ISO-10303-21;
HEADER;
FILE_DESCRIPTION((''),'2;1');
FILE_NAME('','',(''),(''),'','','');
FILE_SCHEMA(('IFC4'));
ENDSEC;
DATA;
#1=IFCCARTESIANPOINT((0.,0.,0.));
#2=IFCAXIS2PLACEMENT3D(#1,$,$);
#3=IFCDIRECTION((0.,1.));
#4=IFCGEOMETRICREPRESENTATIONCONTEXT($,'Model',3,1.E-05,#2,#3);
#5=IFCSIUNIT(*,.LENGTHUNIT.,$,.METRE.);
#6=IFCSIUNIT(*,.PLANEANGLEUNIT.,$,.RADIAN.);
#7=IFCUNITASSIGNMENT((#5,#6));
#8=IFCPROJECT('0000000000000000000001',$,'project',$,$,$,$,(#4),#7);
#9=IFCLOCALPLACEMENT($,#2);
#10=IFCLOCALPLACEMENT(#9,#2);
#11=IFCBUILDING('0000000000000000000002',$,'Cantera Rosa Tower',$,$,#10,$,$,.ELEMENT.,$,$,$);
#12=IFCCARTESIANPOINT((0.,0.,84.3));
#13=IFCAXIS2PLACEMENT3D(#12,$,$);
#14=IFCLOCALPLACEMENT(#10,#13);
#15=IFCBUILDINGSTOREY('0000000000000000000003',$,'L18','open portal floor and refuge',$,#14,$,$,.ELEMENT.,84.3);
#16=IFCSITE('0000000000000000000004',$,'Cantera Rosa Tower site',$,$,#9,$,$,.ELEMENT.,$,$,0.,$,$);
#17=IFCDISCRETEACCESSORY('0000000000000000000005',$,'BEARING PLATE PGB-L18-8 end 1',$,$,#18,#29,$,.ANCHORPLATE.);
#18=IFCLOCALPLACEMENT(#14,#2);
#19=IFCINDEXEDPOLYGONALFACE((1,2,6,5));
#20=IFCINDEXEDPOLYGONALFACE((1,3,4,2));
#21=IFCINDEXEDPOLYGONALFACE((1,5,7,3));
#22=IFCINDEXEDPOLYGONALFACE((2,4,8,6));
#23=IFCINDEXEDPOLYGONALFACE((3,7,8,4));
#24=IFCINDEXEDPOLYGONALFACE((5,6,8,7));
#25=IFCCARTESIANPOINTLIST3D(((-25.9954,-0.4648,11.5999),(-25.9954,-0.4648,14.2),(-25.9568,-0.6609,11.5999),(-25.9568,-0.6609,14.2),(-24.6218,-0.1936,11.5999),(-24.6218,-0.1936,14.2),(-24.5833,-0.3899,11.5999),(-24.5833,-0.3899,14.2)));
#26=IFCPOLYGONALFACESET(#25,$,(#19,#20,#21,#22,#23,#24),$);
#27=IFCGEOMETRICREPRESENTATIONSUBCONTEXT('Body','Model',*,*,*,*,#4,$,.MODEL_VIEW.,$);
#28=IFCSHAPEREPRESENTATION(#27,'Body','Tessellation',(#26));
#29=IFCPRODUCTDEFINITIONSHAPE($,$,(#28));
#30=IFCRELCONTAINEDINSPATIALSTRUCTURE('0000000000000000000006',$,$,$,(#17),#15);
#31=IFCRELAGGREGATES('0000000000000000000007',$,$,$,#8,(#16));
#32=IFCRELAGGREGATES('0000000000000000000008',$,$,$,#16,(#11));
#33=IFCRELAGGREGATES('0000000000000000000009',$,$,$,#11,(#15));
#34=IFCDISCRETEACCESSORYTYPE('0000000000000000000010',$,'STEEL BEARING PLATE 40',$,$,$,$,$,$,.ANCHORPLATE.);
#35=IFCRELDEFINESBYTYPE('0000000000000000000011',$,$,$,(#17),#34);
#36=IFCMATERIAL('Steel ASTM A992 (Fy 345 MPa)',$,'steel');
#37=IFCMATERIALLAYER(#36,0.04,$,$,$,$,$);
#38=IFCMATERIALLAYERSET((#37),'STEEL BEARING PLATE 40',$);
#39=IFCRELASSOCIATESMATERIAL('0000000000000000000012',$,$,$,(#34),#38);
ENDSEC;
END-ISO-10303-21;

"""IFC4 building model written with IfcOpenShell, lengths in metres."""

from ifc_helpers import new_model, si_unit, direction, frame, origin, place, context, subcontext, project, spatial, polyline, outline, extrude, material, layer, layer_set, type_object, element, save


model = new_model("IFC4")

# Units and contexts
model_context = context("Model", 3, precision=1e-05, world=origin(), true_north=direction((0.0, 1.0)))
body_context = subcontext(model_context, "Body", "Model", "MODEL_VIEW")
ifc_project = project(units=[si_unit("LENGTHUNIT", "METRE"), si_unit("PLANEANGLEUNIT", "RADIAN")], contexts=[model_context])

# Site, building, storey
site_placement = place(None, origin())
site = spatial("IfcSite", under=ifc_project, at=site_placement, Name="Cantera Rosa Tower site", CompositionType="ELEMENT", RefElevation=0.0)
building_placement = place(site_placement, origin())
building = spatial("IfcBuilding", under=site, at=building_placement, Name="Cantera Rosa Tower", CompositionType="ELEMENT")
storey_placement = place(building_placement, frame((0.0, 0.0, 84.3)))
storey = spatial("IfcBuildingStorey", under=building, at=storey_placement, Name="L18", Description="open portal floor and refuge", CompositionType="ELEMENT", Elevation=84.3)

# Discrete accessory
ifc_material_1 = material(Name="Steel ASTM A992 (Fy 345 MPa)", Category="steel")
ifc_layer_1 = layer(ifc_material_1, 0.04)
ifc_layer_set_1 = layer_set([ifc_layer_1], Name="STEEL BEARING PLATE 40")
discrete_accessory_type = type_object("IfcDiscreteAccessoryType", Name="STEEL BEARING PLATE 40", PredefinedType="ANCHORPLATE", material=ifc_layer_set_1)
discrete_accessory_1_placement = place(storey_placement, frame((0.0, 0.0, 11.5999)))
element("IfcDiscreteAccessory", 1, at=discrete_accessory_1_placement, inside=storey, type_object=discrete_accessory_type, Name="BEARING PLATE PGB-L18-8 end 1", PredefinedType="ANCHORPLATE", context=body_context, shape_type="SweptSolid", body=[
    extrude(outline(polyline([(-24.5833, -0.3899), (-24.6218, -0.1936), (-25.9954, -0.4648), (-25.9568, -0.6609), (-24.5833, -0.3899)])), origin(), (0.0, 0.0, 1.0), 2.6001),
])

save(model, "model.ifc")
